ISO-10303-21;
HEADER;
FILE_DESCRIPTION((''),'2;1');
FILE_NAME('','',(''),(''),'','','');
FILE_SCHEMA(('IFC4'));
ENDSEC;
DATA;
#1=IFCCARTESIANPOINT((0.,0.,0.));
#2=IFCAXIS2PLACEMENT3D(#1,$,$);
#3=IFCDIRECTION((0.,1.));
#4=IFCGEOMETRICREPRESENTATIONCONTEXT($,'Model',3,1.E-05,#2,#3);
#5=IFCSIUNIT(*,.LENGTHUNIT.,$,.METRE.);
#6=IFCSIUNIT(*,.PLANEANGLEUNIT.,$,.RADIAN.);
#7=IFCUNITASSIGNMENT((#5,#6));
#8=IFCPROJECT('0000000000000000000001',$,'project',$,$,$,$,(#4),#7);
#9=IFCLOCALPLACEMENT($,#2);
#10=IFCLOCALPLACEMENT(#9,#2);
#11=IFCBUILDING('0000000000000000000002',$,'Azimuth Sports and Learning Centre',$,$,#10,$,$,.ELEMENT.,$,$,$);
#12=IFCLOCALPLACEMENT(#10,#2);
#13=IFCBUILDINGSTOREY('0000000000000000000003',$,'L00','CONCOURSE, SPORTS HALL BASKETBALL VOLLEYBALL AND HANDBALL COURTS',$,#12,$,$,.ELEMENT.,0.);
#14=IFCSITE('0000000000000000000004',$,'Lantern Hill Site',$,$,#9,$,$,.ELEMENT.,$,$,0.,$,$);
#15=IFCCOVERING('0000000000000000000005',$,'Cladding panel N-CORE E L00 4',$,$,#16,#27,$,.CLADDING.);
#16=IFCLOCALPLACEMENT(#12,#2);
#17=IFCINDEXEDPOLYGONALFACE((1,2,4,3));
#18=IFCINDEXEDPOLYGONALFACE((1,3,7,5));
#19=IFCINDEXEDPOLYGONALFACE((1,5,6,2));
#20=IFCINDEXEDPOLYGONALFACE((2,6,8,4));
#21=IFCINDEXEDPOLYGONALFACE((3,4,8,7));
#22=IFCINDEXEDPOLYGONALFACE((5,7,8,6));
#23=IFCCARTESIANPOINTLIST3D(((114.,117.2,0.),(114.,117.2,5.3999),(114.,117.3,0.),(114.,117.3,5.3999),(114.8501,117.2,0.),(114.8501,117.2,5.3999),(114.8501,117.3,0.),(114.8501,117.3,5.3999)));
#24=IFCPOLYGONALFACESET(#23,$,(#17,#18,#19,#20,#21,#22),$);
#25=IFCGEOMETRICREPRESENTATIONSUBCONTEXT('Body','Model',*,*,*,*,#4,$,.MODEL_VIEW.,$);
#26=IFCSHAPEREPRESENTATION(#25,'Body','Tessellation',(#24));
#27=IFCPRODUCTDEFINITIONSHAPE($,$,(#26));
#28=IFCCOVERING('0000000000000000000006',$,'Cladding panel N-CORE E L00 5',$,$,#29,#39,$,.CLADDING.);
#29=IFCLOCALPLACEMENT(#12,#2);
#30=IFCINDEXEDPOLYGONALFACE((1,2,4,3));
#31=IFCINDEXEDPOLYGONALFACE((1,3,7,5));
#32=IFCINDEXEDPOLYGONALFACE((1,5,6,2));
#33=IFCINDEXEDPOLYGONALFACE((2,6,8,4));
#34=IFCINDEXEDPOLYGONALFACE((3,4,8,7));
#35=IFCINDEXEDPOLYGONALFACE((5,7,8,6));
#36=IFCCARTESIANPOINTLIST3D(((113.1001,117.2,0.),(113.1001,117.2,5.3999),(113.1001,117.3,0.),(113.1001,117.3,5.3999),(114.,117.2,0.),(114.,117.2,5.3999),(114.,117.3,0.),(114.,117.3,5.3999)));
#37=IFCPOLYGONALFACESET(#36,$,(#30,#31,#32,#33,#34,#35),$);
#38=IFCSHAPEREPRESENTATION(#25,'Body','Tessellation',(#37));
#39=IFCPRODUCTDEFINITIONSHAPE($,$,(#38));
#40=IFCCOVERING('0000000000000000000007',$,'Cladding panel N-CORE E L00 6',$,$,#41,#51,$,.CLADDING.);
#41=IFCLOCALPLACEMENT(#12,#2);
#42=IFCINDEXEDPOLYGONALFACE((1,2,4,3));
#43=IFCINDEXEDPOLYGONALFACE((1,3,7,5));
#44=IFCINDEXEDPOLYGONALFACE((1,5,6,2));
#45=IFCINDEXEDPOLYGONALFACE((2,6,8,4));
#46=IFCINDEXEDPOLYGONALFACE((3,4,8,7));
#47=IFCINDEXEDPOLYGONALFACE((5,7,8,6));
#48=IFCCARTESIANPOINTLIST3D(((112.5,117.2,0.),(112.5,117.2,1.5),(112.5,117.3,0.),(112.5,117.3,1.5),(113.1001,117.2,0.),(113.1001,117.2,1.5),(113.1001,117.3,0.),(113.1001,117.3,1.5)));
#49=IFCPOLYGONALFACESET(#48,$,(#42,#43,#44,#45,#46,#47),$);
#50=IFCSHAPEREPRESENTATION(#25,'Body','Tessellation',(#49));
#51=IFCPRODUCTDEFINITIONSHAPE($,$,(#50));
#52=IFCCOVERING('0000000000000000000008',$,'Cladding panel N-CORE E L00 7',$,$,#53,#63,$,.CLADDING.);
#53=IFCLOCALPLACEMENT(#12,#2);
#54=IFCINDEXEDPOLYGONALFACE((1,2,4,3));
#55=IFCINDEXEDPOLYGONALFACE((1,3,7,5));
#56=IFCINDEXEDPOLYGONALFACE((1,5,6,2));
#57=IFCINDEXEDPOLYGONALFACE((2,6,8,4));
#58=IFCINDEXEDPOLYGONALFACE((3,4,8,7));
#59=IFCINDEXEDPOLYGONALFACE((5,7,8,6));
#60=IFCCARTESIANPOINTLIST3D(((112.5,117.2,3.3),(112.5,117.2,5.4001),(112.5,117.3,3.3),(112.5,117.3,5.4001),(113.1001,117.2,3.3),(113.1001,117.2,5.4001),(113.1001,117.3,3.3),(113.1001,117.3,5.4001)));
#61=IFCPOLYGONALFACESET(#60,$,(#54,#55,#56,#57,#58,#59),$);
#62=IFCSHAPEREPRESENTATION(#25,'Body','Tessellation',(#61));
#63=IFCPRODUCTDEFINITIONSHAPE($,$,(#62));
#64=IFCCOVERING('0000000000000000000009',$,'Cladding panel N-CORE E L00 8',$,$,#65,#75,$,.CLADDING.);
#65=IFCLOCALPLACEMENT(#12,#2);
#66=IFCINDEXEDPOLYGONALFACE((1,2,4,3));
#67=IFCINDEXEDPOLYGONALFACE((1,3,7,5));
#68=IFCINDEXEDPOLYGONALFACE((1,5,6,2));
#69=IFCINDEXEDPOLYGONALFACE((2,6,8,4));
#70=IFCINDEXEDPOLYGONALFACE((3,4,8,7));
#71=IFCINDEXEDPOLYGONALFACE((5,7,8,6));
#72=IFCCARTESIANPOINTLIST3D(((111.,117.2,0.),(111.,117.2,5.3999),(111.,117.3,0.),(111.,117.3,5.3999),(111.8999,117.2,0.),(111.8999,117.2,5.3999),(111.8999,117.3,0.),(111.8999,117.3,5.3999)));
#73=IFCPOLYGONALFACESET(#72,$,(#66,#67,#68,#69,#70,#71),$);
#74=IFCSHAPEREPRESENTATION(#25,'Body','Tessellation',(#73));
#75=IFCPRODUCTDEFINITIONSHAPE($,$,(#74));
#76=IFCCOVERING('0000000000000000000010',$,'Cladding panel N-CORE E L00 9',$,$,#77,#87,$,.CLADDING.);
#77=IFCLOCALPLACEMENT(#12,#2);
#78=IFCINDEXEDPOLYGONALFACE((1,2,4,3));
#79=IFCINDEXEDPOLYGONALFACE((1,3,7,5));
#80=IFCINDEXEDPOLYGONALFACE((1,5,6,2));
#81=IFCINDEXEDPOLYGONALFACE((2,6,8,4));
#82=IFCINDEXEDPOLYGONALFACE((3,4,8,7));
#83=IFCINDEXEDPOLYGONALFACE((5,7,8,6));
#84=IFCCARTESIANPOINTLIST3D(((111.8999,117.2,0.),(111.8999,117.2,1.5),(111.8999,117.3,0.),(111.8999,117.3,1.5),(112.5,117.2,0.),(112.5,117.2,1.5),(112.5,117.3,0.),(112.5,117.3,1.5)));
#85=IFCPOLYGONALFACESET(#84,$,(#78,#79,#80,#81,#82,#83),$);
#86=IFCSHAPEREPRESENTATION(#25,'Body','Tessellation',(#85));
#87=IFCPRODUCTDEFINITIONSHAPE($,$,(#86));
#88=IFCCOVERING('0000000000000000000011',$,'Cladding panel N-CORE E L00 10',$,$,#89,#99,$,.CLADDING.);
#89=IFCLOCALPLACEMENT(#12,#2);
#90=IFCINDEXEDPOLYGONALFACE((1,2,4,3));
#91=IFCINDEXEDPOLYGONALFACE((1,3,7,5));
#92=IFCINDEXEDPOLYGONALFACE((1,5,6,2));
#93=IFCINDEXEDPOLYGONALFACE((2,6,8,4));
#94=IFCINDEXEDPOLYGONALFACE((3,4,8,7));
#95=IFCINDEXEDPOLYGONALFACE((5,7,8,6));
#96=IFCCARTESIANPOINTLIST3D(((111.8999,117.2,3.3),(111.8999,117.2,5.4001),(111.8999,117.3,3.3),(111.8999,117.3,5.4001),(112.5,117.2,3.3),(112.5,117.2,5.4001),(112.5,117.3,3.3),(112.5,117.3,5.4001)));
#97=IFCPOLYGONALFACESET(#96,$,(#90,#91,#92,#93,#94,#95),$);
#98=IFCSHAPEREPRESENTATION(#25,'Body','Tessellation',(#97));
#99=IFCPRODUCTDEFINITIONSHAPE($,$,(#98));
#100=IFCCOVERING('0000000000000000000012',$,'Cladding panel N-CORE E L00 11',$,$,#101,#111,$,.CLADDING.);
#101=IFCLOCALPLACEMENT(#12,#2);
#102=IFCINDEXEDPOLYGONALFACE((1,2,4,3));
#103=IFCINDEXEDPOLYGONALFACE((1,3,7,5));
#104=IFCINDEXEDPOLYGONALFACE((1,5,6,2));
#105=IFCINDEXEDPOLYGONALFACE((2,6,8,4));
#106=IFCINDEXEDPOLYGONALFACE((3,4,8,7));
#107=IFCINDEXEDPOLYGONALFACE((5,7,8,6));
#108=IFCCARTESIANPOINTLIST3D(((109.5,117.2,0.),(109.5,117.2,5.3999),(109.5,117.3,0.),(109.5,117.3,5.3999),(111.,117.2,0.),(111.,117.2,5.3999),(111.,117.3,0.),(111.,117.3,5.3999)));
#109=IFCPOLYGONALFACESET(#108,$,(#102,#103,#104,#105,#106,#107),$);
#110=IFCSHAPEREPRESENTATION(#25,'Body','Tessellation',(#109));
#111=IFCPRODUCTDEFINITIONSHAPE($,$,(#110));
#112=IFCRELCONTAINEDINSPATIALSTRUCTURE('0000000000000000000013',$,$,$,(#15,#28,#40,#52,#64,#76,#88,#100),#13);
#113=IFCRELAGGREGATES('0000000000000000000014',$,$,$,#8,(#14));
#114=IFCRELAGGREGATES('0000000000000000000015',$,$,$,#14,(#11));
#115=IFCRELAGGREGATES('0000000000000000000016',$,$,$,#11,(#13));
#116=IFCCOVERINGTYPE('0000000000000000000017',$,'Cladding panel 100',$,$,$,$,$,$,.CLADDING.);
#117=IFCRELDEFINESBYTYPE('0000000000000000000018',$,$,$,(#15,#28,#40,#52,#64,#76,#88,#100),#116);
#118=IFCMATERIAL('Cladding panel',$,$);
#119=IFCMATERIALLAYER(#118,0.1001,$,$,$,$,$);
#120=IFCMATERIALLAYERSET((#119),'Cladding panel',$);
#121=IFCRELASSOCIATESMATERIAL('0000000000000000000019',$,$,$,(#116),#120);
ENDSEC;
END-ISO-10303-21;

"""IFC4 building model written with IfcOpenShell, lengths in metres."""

from ifc_helpers import new_model, si_unit, direction, frame, origin, origin_2d, place, context, subcontext, project, spatial, rectangle, extrude, material, layer, layer_set, type_object, element, save


model = new_model("IFC4")

# Units and contexts
model_context = context("Model", 3, precision=1e-05, world=origin(), true_north=direction((0.0, 1.0)))
body_context = subcontext(model_context, "Body", "Model", "MODEL_VIEW")
ifc_project = project(units=[si_unit("LENGTHUNIT", "METRE"), si_unit("PLANEANGLEUNIT", "RADIAN")], contexts=[model_context])

# Site, building, storey
site_placement = place(None, origin())
site = spatial("IfcSite", under=ifc_project, at=site_placement, Name="Lantern Hill Site", CompositionType="ELEMENT", RefElevation=0.0)
building_placement = place(site_placement, origin())
building = spatial("IfcBuilding", under=site, at=building_placement, Name="Azimuth Sports and Learning Centre", CompositionType="ELEMENT")
storey_placement = place(building_placement, origin())
storey = spatial("IfcBuildingStorey", under=building, at=storey_placement, Name="L00", Description="CONCOURSE, SPORTS HALL BASKETBALL VOLLEYBALL AND HANDBALL COURTS", CompositionType="ELEMENT", Elevation=0.0)

# Coverings
ifc_material_1 = material(Name="Cladding panel")
ifc_layer = layer(ifc_material_1, 0.1001)
ifc_layer_set = layer_set([ifc_layer], Name="Cladding panel")
covering_type = type_object("IfcCoveringType", Name="Cladding panel 100", PredefinedType="CLADDING", material=ifc_layer_set)
covering_1_placement = place(storey_placement, frame((114.425, 117.25, 0.0), z_axis=(0.0, 0.0, 1.0), x_axis=(-1.0, 0.0, 0.0)))
element("IfcCovering", 1, at=covering_1_placement, inside=storey, type_object=covering_type, Name="Cladding panel N-CORE E L00 4", PredefinedType="CLADDING", context=body_context, shape_type="SweptSolid", body=[
    extrude(rectangle(XDim=0.8501, YDim=0.1001, at=origin_2d()), origin(), (0.0, 0.0, 1.0), 5.3999),
])
covering_2_placement = place(storey_placement, frame((113.55, 117.25, 0.0), z_axis=(0.0, 0.0, 1.0), x_axis=(-1.0, 0.0, 0.0)))
element("IfcCovering", 2, at=covering_2_placement, inside=storey, type_object=covering_type, Name="Cladding panel N-CORE E L00 5", PredefinedType="CLADDING", context=body_context, shape_type="SweptSolid", body=[
    extrude(rectangle(XDim=0.8999, YDim=0.1001, at=origin_2d()), origin(), (0.0, 0.0, 1.0), 5.3999),
])
covering_3_placement = place(storey_placement, frame((112.8, 117.25, 0.0), z_axis=(0.0, 0.0, 1.0), x_axis=(-1.0, 0.0, 0.0)))
element("IfcCovering", 3, at=covering_3_placement, inside=storey, type_object=covering_type, Name="Cladding panel N-CORE E L00 6", PredefinedType="CLADDING", context=body_context, shape_type="SweptSolid", body=[
    extrude(rectangle(XDim=0.6001, YDim=0.1001, at=origin_2d()), origin(), (0.0, 0.0, 1.0), 1.5),
])
covering_4_placement = place(storey_placement, frame((112.8, 117.25, 3.3), z_axis=(0.0, 0.0, 1.0), x_axis=(-1.0, 0.0, 0.0)))
element("IfcCovering", 4, at=covering_4_placement, inside=storey, type_object=covering_type, Name="Cladding panel N-CORE E L00 7", PredefinedType="CLADDING", context=body_context, shape_type="SweptSolid", body=[
    extrude(rectangle(XDim=0.6001, YDim=0.1001, at=origin_2d()), origin(), (0.0, 0.0, 1.0), 2.1001),
])
covering_5_placement = place(storey_placement, frame((111.45, 117.25, 0.0), z_axis=(0.0, 0.0, 1.0), x_axis=(-1.0, 0.0, 0.0)))
element("IfcCovering", 5, at=covering_5_placement, inside=storey, type_object=covering_type, Name="Cladding panel N-CORE E L00 8", PredefinedType="CLADDING", context=body_context, shape_type="SweptSolid", body=[
    extrude(rectangle(XDim=0.8999, YDim=0.1001, at=origin_2d()), origin(), (0.0, 0.0, 1.0), 5.3999),
])
covering_6_placement = place(storey_placement, frame((112.2, 117.25, 0.0), z_axis=(0.0, 0.0, 1.0), x_axis=(-1.0, 0.0, 0.0)))
element("IfcCovering", 6, at=covering_6_placement, inside=storey, type_object=covering_type, Name="Cladding panel N-CORE E L00 9", PredefinedType="CLADDING", context=body_context, shape_type="SweptSolid", body=[
    extrude(rectangle(XDim=0.6001, YDim=0.1001, at=origin_2d()), origin(), (0.0, 0.0, 1.0), 1.5),
])
covering_7_placement = place(storey_placement, frame((112.2, 117.25, 3.3), z_axis=(0.0, 0.0, 1.0), x_axis=(-1.0, 0.0, 0.0)))
element("IfcCovering", 7, at=covering_7_placement, inside=storey, type_object=covering_type, Name="Cladding panel N-CORE E L00 10", PredefinedType="CLADDING", context=body_context, shape_type="SweptSolid", body=[
    extrude(rectangle(XDim=0.6001, YDim=0.1001, at=origin_2d()), origin(), (0.0, 0.0, 1.0), 2.1001),
])
covering_8_placement = place(storey_placement, frame((110.25, 117.25, 0.0), z_axis=(0.0, 0.0, 1.0), x_axis=(-1.0, 0.0, 0.0)))
element("IfcCovering", 8, at=covering_8_placement, inside=storey, type_object=covering_type, Name="Cladding panel N-CORE E L00 11", PredefinedType="CLADDING", context=body_context, shape_type="SweptSolid", body=[
    extrude(rectangle(XDim=1.5, YDim=0.1001, at=origin_2d()), origin(), (0.0, 0.0, 1.0), 5.3999),
])

save(model, "model.ifc")
